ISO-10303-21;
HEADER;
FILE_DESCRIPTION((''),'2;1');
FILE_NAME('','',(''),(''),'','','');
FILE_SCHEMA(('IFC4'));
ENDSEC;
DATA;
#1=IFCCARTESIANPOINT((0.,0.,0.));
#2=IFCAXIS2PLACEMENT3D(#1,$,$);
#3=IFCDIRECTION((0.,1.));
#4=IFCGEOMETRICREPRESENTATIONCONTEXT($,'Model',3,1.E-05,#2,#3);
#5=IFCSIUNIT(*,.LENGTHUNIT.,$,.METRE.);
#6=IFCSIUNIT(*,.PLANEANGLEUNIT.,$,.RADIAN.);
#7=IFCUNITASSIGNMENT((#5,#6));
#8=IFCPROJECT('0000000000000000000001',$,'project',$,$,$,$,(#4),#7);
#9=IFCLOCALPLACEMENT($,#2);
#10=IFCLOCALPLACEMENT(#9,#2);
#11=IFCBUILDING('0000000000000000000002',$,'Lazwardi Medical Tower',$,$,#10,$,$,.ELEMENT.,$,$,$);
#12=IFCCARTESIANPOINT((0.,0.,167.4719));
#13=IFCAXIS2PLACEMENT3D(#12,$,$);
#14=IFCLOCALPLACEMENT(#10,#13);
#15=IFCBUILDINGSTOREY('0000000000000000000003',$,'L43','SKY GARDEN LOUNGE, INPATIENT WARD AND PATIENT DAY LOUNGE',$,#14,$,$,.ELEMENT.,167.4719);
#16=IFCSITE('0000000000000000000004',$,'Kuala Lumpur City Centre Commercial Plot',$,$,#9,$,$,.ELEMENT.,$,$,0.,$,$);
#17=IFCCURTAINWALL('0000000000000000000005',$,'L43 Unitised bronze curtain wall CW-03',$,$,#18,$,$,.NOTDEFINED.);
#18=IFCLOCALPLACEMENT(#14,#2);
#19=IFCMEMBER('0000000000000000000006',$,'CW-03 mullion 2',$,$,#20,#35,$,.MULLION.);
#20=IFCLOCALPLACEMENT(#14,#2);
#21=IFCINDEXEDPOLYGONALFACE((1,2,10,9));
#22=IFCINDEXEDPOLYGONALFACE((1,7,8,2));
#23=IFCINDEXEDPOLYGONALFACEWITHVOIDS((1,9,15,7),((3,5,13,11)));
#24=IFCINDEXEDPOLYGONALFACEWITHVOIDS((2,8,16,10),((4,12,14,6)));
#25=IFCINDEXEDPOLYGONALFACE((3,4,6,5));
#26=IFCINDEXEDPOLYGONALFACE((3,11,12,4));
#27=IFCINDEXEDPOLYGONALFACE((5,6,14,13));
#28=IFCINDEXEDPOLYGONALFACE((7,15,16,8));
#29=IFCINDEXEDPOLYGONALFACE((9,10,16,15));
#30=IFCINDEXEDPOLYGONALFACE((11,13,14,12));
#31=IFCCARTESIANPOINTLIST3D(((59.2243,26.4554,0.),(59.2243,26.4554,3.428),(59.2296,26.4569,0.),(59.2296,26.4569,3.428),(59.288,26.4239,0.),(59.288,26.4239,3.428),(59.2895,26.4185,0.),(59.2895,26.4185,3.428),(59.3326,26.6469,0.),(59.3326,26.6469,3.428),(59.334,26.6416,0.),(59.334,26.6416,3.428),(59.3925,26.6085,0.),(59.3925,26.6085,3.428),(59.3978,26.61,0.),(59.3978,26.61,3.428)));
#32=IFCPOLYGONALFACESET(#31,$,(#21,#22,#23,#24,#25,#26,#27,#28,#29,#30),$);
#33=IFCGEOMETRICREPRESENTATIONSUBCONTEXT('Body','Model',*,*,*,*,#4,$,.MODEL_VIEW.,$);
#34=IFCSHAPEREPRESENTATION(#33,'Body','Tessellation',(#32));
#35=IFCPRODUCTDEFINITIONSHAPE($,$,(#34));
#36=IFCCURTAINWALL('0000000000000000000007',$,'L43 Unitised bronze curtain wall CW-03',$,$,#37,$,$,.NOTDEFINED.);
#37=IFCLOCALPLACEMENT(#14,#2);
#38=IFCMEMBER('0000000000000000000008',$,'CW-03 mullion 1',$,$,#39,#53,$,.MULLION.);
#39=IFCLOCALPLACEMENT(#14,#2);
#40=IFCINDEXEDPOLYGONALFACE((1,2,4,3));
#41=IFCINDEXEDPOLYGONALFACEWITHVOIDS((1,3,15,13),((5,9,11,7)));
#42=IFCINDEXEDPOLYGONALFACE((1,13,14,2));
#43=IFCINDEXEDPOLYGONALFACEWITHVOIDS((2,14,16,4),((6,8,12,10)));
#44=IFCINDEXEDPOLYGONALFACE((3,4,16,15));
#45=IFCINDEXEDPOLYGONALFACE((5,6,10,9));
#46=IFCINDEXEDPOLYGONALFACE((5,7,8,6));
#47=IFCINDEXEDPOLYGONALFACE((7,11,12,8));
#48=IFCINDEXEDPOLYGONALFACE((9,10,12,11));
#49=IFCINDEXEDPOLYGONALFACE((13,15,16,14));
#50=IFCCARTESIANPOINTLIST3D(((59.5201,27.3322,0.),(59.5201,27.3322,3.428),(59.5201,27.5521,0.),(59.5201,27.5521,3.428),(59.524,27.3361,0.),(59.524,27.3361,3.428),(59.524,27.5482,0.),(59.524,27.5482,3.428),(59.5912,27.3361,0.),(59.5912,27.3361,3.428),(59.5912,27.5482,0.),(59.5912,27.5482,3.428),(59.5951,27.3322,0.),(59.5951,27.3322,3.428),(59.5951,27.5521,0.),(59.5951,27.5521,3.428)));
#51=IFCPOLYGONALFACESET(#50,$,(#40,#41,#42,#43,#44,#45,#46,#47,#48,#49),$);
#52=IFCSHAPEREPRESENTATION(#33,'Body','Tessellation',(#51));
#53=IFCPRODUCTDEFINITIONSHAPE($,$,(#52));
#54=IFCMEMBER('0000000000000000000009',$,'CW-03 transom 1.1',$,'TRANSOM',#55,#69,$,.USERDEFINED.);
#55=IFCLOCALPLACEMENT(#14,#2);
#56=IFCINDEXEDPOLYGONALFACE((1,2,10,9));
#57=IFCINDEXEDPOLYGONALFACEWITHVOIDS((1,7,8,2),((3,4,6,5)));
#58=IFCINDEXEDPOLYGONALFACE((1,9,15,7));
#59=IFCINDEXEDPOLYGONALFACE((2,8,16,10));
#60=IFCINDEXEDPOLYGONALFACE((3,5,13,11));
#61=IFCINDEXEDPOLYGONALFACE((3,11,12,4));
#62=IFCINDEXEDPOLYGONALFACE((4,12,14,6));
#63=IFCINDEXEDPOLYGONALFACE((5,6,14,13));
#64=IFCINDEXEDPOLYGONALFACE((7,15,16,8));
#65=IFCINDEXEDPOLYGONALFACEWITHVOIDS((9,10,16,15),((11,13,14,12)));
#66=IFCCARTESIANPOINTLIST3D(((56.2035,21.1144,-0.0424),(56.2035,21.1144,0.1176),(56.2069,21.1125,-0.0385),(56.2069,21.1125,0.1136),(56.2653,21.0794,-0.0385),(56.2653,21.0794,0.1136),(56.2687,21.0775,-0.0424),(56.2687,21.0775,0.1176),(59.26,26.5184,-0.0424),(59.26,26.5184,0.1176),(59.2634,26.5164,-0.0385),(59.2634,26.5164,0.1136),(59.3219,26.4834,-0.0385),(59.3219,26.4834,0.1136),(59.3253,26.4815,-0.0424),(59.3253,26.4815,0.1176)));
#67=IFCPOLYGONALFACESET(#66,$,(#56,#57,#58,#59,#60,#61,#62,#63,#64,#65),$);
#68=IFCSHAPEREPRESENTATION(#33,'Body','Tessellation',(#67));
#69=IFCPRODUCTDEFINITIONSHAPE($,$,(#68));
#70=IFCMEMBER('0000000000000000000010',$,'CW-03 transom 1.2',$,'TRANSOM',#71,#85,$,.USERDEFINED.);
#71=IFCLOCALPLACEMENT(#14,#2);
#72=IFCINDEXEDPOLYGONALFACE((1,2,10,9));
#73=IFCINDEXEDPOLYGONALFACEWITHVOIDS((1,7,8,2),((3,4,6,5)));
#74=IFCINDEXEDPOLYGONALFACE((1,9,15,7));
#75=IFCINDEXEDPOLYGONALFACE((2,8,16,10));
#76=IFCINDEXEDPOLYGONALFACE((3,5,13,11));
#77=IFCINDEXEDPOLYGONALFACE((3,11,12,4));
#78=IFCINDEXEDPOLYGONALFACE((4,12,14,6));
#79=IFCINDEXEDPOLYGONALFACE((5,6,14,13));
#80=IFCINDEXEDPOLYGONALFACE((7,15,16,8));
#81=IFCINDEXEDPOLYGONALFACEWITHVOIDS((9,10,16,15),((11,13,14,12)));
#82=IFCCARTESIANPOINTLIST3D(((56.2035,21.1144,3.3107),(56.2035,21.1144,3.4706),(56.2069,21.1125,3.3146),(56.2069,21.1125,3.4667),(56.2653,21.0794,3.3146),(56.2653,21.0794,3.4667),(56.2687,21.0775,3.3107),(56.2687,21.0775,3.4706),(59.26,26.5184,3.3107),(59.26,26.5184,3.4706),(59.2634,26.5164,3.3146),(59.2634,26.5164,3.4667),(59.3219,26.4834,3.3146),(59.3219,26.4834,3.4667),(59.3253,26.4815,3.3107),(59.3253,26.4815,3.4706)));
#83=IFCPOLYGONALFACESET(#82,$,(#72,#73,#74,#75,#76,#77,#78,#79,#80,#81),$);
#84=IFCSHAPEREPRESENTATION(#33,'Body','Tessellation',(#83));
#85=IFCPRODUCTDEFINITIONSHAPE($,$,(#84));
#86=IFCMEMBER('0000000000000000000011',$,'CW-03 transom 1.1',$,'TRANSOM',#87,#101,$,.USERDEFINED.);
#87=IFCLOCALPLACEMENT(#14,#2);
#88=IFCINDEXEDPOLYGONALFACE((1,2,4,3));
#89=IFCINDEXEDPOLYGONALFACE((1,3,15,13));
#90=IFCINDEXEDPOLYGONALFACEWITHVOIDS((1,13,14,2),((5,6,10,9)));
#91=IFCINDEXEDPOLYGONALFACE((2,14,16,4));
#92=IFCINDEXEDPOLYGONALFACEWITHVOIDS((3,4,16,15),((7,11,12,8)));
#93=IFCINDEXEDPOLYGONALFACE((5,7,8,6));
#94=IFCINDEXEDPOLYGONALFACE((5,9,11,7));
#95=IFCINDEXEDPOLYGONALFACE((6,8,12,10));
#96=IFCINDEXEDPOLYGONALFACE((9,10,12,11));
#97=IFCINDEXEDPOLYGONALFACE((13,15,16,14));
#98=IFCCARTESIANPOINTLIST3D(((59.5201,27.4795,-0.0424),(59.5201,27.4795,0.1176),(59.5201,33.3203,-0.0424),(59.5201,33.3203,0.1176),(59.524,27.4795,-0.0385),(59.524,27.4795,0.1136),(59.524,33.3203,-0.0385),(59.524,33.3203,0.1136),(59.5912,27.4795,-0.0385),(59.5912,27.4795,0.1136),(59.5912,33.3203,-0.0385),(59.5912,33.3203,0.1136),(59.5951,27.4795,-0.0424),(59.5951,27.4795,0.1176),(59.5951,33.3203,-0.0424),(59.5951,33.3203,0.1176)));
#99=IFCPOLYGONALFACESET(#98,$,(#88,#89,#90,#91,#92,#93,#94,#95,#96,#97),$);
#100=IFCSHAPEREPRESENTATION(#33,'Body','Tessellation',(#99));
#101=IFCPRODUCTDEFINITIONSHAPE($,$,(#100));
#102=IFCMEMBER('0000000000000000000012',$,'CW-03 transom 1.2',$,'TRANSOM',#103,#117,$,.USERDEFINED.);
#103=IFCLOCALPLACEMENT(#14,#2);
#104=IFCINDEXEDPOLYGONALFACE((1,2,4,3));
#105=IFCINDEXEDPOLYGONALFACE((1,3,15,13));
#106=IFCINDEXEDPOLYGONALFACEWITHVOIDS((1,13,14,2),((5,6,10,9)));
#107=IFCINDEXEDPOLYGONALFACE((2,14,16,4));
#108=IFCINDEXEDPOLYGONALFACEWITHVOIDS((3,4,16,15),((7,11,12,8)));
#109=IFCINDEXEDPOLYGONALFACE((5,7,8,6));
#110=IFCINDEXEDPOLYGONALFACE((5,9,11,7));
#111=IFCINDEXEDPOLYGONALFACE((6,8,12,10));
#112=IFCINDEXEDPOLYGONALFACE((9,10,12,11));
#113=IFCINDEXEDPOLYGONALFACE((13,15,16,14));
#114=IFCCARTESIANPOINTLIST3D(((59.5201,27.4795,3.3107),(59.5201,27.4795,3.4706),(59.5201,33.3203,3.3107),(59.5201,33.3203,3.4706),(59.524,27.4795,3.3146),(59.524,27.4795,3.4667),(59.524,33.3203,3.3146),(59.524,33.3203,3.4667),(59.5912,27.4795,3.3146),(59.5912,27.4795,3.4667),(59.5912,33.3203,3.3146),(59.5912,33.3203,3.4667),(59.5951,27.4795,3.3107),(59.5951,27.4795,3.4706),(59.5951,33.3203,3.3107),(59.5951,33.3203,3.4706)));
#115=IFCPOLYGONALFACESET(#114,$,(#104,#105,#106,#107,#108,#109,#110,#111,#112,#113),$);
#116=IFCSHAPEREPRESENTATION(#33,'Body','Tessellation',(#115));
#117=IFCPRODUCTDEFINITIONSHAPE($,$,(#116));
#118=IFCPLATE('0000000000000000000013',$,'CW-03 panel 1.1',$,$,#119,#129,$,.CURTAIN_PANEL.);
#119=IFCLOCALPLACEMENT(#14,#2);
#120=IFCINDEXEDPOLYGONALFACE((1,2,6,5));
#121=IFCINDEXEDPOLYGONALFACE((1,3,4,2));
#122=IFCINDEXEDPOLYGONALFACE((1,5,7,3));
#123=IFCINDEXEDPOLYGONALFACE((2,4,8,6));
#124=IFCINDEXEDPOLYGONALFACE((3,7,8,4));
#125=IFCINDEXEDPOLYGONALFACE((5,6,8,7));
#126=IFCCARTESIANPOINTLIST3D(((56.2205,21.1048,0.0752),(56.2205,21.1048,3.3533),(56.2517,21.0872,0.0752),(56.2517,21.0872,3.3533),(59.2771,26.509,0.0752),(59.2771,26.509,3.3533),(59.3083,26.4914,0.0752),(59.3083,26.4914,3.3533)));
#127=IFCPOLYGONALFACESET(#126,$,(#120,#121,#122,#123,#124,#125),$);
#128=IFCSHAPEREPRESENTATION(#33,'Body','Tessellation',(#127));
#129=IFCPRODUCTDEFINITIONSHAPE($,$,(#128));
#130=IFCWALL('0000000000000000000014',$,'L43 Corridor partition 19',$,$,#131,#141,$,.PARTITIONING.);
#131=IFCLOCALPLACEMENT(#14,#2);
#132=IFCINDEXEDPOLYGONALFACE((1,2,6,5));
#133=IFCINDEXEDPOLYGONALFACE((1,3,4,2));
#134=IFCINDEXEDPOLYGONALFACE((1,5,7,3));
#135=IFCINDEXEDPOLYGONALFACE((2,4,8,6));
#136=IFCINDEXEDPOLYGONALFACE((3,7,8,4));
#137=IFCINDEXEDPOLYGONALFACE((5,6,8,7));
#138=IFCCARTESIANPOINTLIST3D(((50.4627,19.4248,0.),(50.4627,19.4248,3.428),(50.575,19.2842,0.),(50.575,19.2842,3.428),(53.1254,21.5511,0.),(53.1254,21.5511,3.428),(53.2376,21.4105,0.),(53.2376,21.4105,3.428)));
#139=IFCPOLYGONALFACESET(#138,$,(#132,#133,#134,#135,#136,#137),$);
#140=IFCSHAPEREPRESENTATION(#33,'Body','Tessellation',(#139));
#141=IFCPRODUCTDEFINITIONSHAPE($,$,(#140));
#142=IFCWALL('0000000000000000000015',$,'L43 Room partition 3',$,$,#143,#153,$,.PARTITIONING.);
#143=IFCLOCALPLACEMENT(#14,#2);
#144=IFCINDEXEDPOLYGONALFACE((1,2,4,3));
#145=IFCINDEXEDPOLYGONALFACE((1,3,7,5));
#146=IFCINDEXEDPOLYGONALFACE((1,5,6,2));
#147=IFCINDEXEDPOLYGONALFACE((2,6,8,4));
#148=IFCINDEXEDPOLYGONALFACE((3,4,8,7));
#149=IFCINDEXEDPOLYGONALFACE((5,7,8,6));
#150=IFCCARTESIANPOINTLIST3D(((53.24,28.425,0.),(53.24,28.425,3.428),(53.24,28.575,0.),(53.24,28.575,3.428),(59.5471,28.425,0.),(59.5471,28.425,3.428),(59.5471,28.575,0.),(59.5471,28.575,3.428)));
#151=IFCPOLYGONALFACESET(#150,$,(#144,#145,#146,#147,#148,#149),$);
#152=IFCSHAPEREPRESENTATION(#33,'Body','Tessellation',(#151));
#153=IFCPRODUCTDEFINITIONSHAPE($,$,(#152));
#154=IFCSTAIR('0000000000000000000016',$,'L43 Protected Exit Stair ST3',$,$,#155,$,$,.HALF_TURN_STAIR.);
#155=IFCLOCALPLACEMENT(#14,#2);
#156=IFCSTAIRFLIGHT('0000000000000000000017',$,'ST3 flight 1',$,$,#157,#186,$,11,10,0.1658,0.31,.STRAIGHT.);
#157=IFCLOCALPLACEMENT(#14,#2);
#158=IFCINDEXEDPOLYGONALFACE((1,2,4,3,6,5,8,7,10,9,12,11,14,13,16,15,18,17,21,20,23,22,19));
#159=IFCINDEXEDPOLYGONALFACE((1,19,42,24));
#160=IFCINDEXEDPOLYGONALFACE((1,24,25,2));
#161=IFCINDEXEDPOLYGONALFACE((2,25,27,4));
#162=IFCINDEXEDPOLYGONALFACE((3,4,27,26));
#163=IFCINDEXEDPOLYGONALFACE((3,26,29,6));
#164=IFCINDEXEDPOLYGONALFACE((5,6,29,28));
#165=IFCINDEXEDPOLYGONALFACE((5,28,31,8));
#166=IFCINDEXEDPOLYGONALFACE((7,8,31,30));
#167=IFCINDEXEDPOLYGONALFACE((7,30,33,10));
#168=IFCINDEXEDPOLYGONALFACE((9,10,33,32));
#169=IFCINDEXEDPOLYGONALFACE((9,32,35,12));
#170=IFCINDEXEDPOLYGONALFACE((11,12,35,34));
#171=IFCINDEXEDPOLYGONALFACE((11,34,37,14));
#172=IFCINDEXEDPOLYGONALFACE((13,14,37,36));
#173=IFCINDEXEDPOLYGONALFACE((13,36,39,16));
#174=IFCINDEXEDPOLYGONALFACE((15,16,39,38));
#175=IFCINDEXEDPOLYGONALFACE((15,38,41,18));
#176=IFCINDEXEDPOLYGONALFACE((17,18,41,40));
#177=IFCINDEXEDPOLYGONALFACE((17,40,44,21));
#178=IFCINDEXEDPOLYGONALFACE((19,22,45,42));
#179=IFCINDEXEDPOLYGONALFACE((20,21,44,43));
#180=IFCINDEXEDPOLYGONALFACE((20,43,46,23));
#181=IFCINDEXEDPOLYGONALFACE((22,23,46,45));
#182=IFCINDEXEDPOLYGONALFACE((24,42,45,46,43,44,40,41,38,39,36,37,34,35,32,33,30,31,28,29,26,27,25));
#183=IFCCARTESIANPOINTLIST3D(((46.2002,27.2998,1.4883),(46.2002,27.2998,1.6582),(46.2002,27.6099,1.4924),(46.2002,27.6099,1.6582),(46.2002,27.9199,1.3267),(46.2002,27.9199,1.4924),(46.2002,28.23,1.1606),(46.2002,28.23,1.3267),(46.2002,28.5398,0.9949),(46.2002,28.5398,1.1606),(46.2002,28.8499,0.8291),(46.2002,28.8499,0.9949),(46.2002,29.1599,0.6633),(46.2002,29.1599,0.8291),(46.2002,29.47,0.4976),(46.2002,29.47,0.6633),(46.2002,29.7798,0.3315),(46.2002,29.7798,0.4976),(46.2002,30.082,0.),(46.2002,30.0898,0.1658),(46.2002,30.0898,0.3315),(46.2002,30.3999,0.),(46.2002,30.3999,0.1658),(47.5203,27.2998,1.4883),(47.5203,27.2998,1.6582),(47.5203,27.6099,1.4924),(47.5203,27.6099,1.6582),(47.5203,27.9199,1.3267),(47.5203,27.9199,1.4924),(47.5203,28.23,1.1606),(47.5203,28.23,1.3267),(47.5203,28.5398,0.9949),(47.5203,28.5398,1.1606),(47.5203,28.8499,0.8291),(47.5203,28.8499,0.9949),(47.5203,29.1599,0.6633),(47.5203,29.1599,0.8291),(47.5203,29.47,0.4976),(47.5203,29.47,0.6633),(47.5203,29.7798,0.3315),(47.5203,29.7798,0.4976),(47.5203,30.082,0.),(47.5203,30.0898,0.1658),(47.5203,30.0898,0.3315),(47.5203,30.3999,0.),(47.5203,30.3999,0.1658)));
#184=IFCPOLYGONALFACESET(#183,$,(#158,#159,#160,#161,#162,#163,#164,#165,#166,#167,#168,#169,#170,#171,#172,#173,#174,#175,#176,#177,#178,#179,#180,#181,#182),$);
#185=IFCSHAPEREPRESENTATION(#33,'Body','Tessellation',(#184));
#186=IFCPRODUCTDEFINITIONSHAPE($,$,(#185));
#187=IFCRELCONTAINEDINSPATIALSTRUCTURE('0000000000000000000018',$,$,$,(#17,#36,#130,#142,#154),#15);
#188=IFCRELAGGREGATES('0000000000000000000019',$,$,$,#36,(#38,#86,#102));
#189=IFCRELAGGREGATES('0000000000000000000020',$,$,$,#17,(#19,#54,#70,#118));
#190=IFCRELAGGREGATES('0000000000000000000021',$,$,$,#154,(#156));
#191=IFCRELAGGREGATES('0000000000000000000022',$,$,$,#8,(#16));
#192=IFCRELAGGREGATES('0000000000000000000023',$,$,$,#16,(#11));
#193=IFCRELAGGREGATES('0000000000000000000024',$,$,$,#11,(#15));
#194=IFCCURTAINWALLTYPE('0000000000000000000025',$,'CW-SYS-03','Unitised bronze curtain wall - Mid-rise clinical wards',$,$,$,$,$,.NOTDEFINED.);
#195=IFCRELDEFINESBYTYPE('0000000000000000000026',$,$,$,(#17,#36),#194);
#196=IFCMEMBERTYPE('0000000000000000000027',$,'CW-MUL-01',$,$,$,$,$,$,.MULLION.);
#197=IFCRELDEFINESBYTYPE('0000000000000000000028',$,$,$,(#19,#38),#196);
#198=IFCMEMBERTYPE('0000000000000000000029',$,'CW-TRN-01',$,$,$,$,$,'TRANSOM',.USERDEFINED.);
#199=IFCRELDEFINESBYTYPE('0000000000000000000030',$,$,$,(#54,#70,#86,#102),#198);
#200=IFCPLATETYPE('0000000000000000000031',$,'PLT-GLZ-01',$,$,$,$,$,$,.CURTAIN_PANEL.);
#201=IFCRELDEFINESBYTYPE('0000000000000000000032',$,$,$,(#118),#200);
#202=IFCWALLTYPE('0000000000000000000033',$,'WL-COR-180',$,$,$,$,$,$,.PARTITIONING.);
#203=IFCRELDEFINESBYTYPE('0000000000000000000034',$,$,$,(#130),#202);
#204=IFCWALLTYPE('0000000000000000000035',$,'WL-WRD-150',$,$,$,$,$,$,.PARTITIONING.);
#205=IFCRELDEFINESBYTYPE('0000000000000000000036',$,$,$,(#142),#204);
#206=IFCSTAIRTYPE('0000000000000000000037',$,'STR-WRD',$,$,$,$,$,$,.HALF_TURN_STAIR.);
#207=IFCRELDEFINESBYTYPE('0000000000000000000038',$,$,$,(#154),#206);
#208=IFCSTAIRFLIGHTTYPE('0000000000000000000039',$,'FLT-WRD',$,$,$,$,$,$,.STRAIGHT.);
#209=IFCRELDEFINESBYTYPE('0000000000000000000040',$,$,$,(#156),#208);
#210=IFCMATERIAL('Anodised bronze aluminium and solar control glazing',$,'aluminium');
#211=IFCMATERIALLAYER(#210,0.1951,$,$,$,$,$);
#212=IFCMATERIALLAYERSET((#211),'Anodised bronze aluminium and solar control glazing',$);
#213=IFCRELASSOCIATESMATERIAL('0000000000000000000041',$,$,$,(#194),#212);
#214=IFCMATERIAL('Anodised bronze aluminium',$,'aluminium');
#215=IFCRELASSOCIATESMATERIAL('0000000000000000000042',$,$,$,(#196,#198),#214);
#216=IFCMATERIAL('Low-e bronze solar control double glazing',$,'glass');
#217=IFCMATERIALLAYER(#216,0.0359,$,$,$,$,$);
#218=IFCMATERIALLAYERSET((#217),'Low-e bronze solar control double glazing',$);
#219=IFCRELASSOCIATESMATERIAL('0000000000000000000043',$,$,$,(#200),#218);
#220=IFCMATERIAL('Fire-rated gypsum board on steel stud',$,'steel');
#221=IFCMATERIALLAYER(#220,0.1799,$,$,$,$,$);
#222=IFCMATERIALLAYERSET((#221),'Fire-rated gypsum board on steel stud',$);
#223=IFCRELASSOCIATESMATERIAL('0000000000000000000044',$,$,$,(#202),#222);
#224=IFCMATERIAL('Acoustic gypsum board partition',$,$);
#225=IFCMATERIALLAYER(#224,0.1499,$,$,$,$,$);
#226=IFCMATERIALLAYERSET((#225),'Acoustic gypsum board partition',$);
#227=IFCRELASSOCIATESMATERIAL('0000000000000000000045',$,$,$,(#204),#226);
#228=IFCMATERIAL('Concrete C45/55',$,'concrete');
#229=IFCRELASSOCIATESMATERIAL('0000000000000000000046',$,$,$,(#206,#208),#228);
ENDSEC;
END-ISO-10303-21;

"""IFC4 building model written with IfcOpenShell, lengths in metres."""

from ifc_helpers import new_model, si_unit, direction, frame, frame_2d, origin, origin_2d, place, context, subcontext, project, spatial, polyline, rectangle, hollow_rectangle, outline, extrude, material, layer, layer_set, material_profile, profile_set, type_object, element, aggregate, save


model = new_model("IFC4")

# Units and contexts
model_context = context("Model", 3, precision=1e-05, world=origin(), true_north=direction((0.0, 1.0)))
body_context = subcontext(model_context, "Body", "Model", "MODEL_VIEW")
ifc_project = project(units=[si_unit("LENGTHUNIT", "METRE"), si_unit("PLANEANGLEUNIT", "RADIAN")], contexts=[model_context])

# Site, building, storey
site_placement = place(None, origin())
site = spatial("IfcSite", under=ifc_project, at=site_placement, Name="Kuala Lumpur City Centre Commercial Plot", CompositionType="ELEMENT", RefElevation=0.0)
building_placement = place(site_placement, origin())
building = spatial("IfcBuilding", under=site, at=building_placement, Name="Lazwardi Medical Tower", CompositionType="ELEMENT")
storey_placement = place(building_placement, frame((0.0, 0.0, 167.4719)))
storey = spatial("IfcBuildingStorey", under=building, at=storey_placement, Name="L43", Description="SKY GARDEN LOUNGE, INPATIENT WARD AND PATIENT DAY LOUNGE", CompositionType="ELEMENT", Elevation=167.4719)

# Curtain wall, member
ifc_material_1 = material(Name="Anodised bronze aluminium and solar control glazing", Category="aluminium")
ifc_layer_1 = layer(ifc_material_1, 0.1951)
ifc_layer_set_1 = layer_set([ifc_layer_1], Name="Anodised bronze aluminium and solar control glazing")
curtain_wall_type = type_object("IfcCurtainWallType", Name="CW-SYS-03", Description="Unitised bronze curtain wall - Mid-rise clinical wards", PredefinedType="NOTDEFINED", material=ifc_layer_set_1)
curtain_wall_1_placement = place(storey_placement, origin())
curtain_wall_1 = element("IfcCurtainWall", 1, at=curtain_wall_1_placement, inside=storey, type_object=curtain_wall_type, Name="L43 Unitised bronze curtain wall CW-03", PredefinedType="NOTDEFINED")
ifc_material_2 = material(Name="Anodised bronze aluminium", Category="aluminium")
ifc_material_profile_1 = material_profile(ifc_material_2, hollow_rectangle(XDim=0.075, YDim=0.22, WallThickness=0.0039, at=origin_2d()), Name="ALU-MULLION 220x75x4")
ifc_profile_set_1 = profile_set([ifc_material_profile_1], Name="Anodised bronze aluminium")
member_type_1 = type_object("IfcMemberType", Name="CW-MUL-01", PredefinedType="MULLION", material=ifc_profile_set_1)
member_1_placement = place(storey_placement, frame((59.311, 26.5327, 0.0), z_axis=(0.0, 0.0, 1.0), x_axis=(-0.870419, 0.492312, 0.0)))
member_1 = element("IfcMember", 2, at=member_1_placement, type_object=member_type_1, Name="CW-03 mullion 2", PredefinedType="MULLION", context=body_context, shape_type="SweptSolid", body=[
    extrude(hollow_rectangle(XDim=0.075, YDim=0.22, WallThickness=0.0039, at=origin_2d()), origin(), (0.0, 0.0, 1.0), 3.428),
])

# Curtain wall, member
curtain_wall_2_placement = place(storey_placement, origin())
curtain_wall_2 = element("IfcCurtainWall", 3, at=curtain_wall_2_placement, inside=storey, type_object=curtain_wall_type, Name="L43 Unitised bronze curtain wall CW-03", PredefinedType="NOTDEFINED")
member_2_placement = place(storey_placement, frame((59.5576, 27.4421, 0.0), z_axis=(0.0, 0.0, 1.0), x_axis=(-1.0, 0.0, 0.0)))
member_2 = element("IfcMember", 4, at=member_2_placement, type_object=member_type_1, Name="CW-03 mullion 1", PredefinedType="MULLION", context=body_context, shape_type="SweptSolid", body=[
    extrude(hollow_rectangle(XDim=0.075, YDim=0.22, WallThickness=0.0039, at=origin_2d()), origin(), (0.0, 0.0, 1.0), 3.428),
])

# Members
ifc_material_profile_2 = material_profile(ifc_material_2, hollow_rectangle(XDim=0.075, YDim=0.1599, WallThickness=0.0039, at=origin_2d()), Name="ALU-TRANSOM 160x75x4")
ifc_profile_set_2 = profile_set([ifc_material_profile_2], Name="Anodised bronze aluminium")
member_type_2 = type_object("IfcMemberType", Name="CW-TRN-01", ElementType="TRANSOM", PredefinedType="USERDEFINED", material=ifc_profile_set_2)
member_3_placement = place(storey_placement, frame((56.2361, 21.0959, 0.0376), z_axis=(0.492323, 0.870413, 0.0), x_axis=(-0.870413, 0.492323, 0.0)))
member_3 = element("IfcMember", 5, at=member_3_placement, type_object=member_type_2, Name="CW-03 transom 1.1", ObjectType="TRANSOM", PredefinedType="USERDEFINED", context=body_context, shape_type="SweptSolid", body=[
    extrude(hollow_rectangle(XDim=0.075, YDim=0.1599, WallThickness=0.0039, at=origin_2d()), origin(), (0.0, 0.0, 1.0), 6.2085),
])
member_4_placement = place(storey_placement, frame((56.2361, 21.0959, 3.3906), z_axis=(0.492323, 0.870413, 0.0), x_axis=(-0.870413, 0.492323, 0.0)))
member_4 = element("IfcMember", 6, at=member_4_placement, type_object=member_type_2, Name="CW-03 transom 1.2", ObjectType="TRANSOM", PredefinedType="USERDEFINED", context=body_context, shape_type="SweptSolid", body=[
    extrude(hollow_rectangle(XDim=0.075, YDim=0.1599, WallThickness=0.0039, at=origin_2d()), origin(), (0.0, 0.0, 1.0), 6.2085),
])
member_5_placement = place(storey_placement, frame((59.5576, 27.4795, 0.0376), z_axis=(0.0, 1.0, 0.0), x_axis=(-1.0, 0.0, 0.0)))
member_5 = element("IfcMember", 7, at=member_5_placement, type_object=member_type_2, Name="CW-03 transom 1.1", ObjectType="TRANSOM", PredefinedType="USERDEFINED", context=body_context, shape_type="SweptSolid", body=[
    extrude(hollow_rectangle(XDim=0.075, YDim=0.1599, WallThickness=0.0039, at=origin_2d()), origin(), (0.0, 0.0, 1.0), 5.8408),
])
member_6_placement = place(storey_placement, frame((59.5576, 27.4795, 3.3906), z_axis=(0.0, 1.0, 0.0), x_axis=(-1.0, 0.0, 0.0)))
member_6 = element("IfcMember", 8, at=member_6_placement, type_object=member_type_2, Name="CW-03 transom 1.2", ObjectType="TRANSOM", PredefinedType="USERDEFINED", context=body_context, shape_type="SweptSolid", body=[
    extrude(hollow_rectangle(XDim=0.075, YDim=0.1599, WallThickness=0.0039, at=origin_2d()), origin(), (0.0, 0.0, 1.0), 5.8408),
])
aggregate(curtain_wall_2, [member_2, member_5, member_6])

# Plate
ifc_material_3 = material(Name="Low-e bronze solar control double glazing", Category="glass")
ifc_layer_2 = layer(ifc_material_3, 0.0359)
ifc_layer_set_2 = layer_set([ifc_layer_2], Name="Low-e bronze solar control double glazing")
plate_type = type_object("IfcPlateType", Name="PLT-GLZ-01", PredefinedType="CURTAIN_PANEL", material=ifc_layer_set_2)
plate_placement = place(storey_placement, frame((57.7644, 23.7981, 0.0752), z_axis=(0.0, 0.0, 1.0), x_axis=(0.492312, 0.870419, 0.0)))
plate = element("IfcPlate", 9, at=plate_placement, type_object=plate_type, Name="CW-03 panel 1.1", PredefinedType="CURTAIN_PANEL", context=body_context, shape_type="SweptSolid", body=[
    extrude(rectangle(XDim=6.2087, YDim=0.0359, at=origin_2d()), origin(), (0.0, 0.0, 1.0), 3.2781),
])
aggregate(curtain_wall_1, [member_1, member_3, member_4, plate])

# Walls
ifc_material_4 = material(Name="Fire-rated gypsum board on steel stud", Category="steel")
ifc_layer_3 = layer(ifc_material_4, 0.1799)
ifc_layer_set_3 = layer_set([ifc_layer_3], Name="Fire-rated gypsum board on steel stud")
wall_type_1 = type_object("IfcWallType", Name="WL-COR-180", PredefinedType="PARTITIONING", material=ifc_layer_set_3)
wall_1_placement = place(storey_placement, frame((53.1814, 21.4807, 0.0), z_axis=(0.0, 0.0, 1.0), x_axis=(-0.781421, -0.624005, 0.0)))
element("IfcWall", 10, at=wall_1_placement, inside=storey, type_object=wall_type_1, Name="L43 Corridor partition 19", PredefinedType="PARTITIONING", context=body_context, shape_type="SweptSolid", body=[
    extrude(rectangle(XDim=3.4075, YDim=0.1799, at=frame_2d((1.7036, 0.0))), origin(), (0.0, 0.0, 1.0), 3.428),
])
ifc_material_5 = material(Name="Acoustic gypsum board partition")
ifc_layer_4 = layer(ifc_material_5, 0.1499)
ifc_layer_set_4 = layer_set([ifc_layer_4], Name="Acoustic gypsum board partition")
wall_type_2 = type_object("IfcWallType", Name="WL-WRD-150", PredefinedType="PARTITIONING", material=ifc_layer_set_4)
wall_2_placement = place(storey_placement, frame((53.24, 28.5, 0.0), z_axis=(0.0, 0.0, 1.0), x_axis=(1.0, 0.0, 0.0)))
element("IfcWall", 11, at=wall_2_placement, inside=storey, type_object=wall_type_2, Name="L43 Room partition 3", PredefinedType="PARTITIONING", context=body_context, shape_type="SweptSolid", body=[
    extrude(rectangle(XDim=6.3071, YDim=0.1499, at=frame_2d((3.1536, 0.0))), origin(), (0.0, 0.0, 1.0), 3.428),
])

# Stair, stair flight
ifc_material_6 = material(Name="Concrete C45/55", Category="concrete")
stair_type = type_object("IfcStairType", Name="STR-WRD", PredefinedType="HALF_TURN_STAIR", material=ifc_material_6)
stair_placement = place(storey_placement, origin())
stair = element("IfcStair", 12, at=stair_placement, inside=storey, type_object=stair_type, Name="L43 Protected Exit Stair ST3", PredefinedType="HALF_TURN_STAIR")
stair_flight_type = type_object("IfcStairFlightType", Name="FLT-WRD", PredefinedType="STRAIGHT", material=ifc_material_6)
stair_flight_1_placement = place(storey_placement, frame((46.8601, 30.3999, 0.0), z_axis=(0.0, 0.0, 1.0), x_axis=(0.0, -1.0, 0.0)))
stair_flight_1 = element("IfcStairFlight", 13, at=stair_flight_1_placement, type_object=stair_flight_type, Name="ST3 flight 1", NumberOfRisers=11, NumberOfTreads=10, PredefinedType="STRAIGHT", RiserHeight=0.1658, TreadLength=0.31, context=body_context, shape_type="SweptSolid", body=[
    extrude(outline(polyline([(0.0, 0.0), (0.0, 0.1658), (0.3101, 0.1658), (0.3101, 0.3315), (0.6201, 0.3315), (0.6201, 0.4976), (0.9299, 0.4976), (0.9299, 0.6633), (1.24, 0.6633), (1.24, 0.8291), (1.55, 0.8291), (1.55, 0.9949), (1.8601, 0.9949), (1.8601, 1.1606), (2.1699, 1.1606), (2.1699, 1.3267), (2.48, 1.3267), (2.48, 1.4924), (2.79, 1.4924), (2.79, 1.6582), (3.1001, 1.6582), (3.1001, 1.824), (3.1001, 1.4883), (0.3179, 0.0), (0.0, 0.0)])), frame((0.0, 0.6602, 0.0), z_axis=(0.0, -1.0, 0.0), x_axis=(1.0, 0.0, 0.0)), (0.0, 0.0, 1.0), 1.3201),
])
aggregate(stair, [stair_flight_1])

save(model, "model.ifc")
